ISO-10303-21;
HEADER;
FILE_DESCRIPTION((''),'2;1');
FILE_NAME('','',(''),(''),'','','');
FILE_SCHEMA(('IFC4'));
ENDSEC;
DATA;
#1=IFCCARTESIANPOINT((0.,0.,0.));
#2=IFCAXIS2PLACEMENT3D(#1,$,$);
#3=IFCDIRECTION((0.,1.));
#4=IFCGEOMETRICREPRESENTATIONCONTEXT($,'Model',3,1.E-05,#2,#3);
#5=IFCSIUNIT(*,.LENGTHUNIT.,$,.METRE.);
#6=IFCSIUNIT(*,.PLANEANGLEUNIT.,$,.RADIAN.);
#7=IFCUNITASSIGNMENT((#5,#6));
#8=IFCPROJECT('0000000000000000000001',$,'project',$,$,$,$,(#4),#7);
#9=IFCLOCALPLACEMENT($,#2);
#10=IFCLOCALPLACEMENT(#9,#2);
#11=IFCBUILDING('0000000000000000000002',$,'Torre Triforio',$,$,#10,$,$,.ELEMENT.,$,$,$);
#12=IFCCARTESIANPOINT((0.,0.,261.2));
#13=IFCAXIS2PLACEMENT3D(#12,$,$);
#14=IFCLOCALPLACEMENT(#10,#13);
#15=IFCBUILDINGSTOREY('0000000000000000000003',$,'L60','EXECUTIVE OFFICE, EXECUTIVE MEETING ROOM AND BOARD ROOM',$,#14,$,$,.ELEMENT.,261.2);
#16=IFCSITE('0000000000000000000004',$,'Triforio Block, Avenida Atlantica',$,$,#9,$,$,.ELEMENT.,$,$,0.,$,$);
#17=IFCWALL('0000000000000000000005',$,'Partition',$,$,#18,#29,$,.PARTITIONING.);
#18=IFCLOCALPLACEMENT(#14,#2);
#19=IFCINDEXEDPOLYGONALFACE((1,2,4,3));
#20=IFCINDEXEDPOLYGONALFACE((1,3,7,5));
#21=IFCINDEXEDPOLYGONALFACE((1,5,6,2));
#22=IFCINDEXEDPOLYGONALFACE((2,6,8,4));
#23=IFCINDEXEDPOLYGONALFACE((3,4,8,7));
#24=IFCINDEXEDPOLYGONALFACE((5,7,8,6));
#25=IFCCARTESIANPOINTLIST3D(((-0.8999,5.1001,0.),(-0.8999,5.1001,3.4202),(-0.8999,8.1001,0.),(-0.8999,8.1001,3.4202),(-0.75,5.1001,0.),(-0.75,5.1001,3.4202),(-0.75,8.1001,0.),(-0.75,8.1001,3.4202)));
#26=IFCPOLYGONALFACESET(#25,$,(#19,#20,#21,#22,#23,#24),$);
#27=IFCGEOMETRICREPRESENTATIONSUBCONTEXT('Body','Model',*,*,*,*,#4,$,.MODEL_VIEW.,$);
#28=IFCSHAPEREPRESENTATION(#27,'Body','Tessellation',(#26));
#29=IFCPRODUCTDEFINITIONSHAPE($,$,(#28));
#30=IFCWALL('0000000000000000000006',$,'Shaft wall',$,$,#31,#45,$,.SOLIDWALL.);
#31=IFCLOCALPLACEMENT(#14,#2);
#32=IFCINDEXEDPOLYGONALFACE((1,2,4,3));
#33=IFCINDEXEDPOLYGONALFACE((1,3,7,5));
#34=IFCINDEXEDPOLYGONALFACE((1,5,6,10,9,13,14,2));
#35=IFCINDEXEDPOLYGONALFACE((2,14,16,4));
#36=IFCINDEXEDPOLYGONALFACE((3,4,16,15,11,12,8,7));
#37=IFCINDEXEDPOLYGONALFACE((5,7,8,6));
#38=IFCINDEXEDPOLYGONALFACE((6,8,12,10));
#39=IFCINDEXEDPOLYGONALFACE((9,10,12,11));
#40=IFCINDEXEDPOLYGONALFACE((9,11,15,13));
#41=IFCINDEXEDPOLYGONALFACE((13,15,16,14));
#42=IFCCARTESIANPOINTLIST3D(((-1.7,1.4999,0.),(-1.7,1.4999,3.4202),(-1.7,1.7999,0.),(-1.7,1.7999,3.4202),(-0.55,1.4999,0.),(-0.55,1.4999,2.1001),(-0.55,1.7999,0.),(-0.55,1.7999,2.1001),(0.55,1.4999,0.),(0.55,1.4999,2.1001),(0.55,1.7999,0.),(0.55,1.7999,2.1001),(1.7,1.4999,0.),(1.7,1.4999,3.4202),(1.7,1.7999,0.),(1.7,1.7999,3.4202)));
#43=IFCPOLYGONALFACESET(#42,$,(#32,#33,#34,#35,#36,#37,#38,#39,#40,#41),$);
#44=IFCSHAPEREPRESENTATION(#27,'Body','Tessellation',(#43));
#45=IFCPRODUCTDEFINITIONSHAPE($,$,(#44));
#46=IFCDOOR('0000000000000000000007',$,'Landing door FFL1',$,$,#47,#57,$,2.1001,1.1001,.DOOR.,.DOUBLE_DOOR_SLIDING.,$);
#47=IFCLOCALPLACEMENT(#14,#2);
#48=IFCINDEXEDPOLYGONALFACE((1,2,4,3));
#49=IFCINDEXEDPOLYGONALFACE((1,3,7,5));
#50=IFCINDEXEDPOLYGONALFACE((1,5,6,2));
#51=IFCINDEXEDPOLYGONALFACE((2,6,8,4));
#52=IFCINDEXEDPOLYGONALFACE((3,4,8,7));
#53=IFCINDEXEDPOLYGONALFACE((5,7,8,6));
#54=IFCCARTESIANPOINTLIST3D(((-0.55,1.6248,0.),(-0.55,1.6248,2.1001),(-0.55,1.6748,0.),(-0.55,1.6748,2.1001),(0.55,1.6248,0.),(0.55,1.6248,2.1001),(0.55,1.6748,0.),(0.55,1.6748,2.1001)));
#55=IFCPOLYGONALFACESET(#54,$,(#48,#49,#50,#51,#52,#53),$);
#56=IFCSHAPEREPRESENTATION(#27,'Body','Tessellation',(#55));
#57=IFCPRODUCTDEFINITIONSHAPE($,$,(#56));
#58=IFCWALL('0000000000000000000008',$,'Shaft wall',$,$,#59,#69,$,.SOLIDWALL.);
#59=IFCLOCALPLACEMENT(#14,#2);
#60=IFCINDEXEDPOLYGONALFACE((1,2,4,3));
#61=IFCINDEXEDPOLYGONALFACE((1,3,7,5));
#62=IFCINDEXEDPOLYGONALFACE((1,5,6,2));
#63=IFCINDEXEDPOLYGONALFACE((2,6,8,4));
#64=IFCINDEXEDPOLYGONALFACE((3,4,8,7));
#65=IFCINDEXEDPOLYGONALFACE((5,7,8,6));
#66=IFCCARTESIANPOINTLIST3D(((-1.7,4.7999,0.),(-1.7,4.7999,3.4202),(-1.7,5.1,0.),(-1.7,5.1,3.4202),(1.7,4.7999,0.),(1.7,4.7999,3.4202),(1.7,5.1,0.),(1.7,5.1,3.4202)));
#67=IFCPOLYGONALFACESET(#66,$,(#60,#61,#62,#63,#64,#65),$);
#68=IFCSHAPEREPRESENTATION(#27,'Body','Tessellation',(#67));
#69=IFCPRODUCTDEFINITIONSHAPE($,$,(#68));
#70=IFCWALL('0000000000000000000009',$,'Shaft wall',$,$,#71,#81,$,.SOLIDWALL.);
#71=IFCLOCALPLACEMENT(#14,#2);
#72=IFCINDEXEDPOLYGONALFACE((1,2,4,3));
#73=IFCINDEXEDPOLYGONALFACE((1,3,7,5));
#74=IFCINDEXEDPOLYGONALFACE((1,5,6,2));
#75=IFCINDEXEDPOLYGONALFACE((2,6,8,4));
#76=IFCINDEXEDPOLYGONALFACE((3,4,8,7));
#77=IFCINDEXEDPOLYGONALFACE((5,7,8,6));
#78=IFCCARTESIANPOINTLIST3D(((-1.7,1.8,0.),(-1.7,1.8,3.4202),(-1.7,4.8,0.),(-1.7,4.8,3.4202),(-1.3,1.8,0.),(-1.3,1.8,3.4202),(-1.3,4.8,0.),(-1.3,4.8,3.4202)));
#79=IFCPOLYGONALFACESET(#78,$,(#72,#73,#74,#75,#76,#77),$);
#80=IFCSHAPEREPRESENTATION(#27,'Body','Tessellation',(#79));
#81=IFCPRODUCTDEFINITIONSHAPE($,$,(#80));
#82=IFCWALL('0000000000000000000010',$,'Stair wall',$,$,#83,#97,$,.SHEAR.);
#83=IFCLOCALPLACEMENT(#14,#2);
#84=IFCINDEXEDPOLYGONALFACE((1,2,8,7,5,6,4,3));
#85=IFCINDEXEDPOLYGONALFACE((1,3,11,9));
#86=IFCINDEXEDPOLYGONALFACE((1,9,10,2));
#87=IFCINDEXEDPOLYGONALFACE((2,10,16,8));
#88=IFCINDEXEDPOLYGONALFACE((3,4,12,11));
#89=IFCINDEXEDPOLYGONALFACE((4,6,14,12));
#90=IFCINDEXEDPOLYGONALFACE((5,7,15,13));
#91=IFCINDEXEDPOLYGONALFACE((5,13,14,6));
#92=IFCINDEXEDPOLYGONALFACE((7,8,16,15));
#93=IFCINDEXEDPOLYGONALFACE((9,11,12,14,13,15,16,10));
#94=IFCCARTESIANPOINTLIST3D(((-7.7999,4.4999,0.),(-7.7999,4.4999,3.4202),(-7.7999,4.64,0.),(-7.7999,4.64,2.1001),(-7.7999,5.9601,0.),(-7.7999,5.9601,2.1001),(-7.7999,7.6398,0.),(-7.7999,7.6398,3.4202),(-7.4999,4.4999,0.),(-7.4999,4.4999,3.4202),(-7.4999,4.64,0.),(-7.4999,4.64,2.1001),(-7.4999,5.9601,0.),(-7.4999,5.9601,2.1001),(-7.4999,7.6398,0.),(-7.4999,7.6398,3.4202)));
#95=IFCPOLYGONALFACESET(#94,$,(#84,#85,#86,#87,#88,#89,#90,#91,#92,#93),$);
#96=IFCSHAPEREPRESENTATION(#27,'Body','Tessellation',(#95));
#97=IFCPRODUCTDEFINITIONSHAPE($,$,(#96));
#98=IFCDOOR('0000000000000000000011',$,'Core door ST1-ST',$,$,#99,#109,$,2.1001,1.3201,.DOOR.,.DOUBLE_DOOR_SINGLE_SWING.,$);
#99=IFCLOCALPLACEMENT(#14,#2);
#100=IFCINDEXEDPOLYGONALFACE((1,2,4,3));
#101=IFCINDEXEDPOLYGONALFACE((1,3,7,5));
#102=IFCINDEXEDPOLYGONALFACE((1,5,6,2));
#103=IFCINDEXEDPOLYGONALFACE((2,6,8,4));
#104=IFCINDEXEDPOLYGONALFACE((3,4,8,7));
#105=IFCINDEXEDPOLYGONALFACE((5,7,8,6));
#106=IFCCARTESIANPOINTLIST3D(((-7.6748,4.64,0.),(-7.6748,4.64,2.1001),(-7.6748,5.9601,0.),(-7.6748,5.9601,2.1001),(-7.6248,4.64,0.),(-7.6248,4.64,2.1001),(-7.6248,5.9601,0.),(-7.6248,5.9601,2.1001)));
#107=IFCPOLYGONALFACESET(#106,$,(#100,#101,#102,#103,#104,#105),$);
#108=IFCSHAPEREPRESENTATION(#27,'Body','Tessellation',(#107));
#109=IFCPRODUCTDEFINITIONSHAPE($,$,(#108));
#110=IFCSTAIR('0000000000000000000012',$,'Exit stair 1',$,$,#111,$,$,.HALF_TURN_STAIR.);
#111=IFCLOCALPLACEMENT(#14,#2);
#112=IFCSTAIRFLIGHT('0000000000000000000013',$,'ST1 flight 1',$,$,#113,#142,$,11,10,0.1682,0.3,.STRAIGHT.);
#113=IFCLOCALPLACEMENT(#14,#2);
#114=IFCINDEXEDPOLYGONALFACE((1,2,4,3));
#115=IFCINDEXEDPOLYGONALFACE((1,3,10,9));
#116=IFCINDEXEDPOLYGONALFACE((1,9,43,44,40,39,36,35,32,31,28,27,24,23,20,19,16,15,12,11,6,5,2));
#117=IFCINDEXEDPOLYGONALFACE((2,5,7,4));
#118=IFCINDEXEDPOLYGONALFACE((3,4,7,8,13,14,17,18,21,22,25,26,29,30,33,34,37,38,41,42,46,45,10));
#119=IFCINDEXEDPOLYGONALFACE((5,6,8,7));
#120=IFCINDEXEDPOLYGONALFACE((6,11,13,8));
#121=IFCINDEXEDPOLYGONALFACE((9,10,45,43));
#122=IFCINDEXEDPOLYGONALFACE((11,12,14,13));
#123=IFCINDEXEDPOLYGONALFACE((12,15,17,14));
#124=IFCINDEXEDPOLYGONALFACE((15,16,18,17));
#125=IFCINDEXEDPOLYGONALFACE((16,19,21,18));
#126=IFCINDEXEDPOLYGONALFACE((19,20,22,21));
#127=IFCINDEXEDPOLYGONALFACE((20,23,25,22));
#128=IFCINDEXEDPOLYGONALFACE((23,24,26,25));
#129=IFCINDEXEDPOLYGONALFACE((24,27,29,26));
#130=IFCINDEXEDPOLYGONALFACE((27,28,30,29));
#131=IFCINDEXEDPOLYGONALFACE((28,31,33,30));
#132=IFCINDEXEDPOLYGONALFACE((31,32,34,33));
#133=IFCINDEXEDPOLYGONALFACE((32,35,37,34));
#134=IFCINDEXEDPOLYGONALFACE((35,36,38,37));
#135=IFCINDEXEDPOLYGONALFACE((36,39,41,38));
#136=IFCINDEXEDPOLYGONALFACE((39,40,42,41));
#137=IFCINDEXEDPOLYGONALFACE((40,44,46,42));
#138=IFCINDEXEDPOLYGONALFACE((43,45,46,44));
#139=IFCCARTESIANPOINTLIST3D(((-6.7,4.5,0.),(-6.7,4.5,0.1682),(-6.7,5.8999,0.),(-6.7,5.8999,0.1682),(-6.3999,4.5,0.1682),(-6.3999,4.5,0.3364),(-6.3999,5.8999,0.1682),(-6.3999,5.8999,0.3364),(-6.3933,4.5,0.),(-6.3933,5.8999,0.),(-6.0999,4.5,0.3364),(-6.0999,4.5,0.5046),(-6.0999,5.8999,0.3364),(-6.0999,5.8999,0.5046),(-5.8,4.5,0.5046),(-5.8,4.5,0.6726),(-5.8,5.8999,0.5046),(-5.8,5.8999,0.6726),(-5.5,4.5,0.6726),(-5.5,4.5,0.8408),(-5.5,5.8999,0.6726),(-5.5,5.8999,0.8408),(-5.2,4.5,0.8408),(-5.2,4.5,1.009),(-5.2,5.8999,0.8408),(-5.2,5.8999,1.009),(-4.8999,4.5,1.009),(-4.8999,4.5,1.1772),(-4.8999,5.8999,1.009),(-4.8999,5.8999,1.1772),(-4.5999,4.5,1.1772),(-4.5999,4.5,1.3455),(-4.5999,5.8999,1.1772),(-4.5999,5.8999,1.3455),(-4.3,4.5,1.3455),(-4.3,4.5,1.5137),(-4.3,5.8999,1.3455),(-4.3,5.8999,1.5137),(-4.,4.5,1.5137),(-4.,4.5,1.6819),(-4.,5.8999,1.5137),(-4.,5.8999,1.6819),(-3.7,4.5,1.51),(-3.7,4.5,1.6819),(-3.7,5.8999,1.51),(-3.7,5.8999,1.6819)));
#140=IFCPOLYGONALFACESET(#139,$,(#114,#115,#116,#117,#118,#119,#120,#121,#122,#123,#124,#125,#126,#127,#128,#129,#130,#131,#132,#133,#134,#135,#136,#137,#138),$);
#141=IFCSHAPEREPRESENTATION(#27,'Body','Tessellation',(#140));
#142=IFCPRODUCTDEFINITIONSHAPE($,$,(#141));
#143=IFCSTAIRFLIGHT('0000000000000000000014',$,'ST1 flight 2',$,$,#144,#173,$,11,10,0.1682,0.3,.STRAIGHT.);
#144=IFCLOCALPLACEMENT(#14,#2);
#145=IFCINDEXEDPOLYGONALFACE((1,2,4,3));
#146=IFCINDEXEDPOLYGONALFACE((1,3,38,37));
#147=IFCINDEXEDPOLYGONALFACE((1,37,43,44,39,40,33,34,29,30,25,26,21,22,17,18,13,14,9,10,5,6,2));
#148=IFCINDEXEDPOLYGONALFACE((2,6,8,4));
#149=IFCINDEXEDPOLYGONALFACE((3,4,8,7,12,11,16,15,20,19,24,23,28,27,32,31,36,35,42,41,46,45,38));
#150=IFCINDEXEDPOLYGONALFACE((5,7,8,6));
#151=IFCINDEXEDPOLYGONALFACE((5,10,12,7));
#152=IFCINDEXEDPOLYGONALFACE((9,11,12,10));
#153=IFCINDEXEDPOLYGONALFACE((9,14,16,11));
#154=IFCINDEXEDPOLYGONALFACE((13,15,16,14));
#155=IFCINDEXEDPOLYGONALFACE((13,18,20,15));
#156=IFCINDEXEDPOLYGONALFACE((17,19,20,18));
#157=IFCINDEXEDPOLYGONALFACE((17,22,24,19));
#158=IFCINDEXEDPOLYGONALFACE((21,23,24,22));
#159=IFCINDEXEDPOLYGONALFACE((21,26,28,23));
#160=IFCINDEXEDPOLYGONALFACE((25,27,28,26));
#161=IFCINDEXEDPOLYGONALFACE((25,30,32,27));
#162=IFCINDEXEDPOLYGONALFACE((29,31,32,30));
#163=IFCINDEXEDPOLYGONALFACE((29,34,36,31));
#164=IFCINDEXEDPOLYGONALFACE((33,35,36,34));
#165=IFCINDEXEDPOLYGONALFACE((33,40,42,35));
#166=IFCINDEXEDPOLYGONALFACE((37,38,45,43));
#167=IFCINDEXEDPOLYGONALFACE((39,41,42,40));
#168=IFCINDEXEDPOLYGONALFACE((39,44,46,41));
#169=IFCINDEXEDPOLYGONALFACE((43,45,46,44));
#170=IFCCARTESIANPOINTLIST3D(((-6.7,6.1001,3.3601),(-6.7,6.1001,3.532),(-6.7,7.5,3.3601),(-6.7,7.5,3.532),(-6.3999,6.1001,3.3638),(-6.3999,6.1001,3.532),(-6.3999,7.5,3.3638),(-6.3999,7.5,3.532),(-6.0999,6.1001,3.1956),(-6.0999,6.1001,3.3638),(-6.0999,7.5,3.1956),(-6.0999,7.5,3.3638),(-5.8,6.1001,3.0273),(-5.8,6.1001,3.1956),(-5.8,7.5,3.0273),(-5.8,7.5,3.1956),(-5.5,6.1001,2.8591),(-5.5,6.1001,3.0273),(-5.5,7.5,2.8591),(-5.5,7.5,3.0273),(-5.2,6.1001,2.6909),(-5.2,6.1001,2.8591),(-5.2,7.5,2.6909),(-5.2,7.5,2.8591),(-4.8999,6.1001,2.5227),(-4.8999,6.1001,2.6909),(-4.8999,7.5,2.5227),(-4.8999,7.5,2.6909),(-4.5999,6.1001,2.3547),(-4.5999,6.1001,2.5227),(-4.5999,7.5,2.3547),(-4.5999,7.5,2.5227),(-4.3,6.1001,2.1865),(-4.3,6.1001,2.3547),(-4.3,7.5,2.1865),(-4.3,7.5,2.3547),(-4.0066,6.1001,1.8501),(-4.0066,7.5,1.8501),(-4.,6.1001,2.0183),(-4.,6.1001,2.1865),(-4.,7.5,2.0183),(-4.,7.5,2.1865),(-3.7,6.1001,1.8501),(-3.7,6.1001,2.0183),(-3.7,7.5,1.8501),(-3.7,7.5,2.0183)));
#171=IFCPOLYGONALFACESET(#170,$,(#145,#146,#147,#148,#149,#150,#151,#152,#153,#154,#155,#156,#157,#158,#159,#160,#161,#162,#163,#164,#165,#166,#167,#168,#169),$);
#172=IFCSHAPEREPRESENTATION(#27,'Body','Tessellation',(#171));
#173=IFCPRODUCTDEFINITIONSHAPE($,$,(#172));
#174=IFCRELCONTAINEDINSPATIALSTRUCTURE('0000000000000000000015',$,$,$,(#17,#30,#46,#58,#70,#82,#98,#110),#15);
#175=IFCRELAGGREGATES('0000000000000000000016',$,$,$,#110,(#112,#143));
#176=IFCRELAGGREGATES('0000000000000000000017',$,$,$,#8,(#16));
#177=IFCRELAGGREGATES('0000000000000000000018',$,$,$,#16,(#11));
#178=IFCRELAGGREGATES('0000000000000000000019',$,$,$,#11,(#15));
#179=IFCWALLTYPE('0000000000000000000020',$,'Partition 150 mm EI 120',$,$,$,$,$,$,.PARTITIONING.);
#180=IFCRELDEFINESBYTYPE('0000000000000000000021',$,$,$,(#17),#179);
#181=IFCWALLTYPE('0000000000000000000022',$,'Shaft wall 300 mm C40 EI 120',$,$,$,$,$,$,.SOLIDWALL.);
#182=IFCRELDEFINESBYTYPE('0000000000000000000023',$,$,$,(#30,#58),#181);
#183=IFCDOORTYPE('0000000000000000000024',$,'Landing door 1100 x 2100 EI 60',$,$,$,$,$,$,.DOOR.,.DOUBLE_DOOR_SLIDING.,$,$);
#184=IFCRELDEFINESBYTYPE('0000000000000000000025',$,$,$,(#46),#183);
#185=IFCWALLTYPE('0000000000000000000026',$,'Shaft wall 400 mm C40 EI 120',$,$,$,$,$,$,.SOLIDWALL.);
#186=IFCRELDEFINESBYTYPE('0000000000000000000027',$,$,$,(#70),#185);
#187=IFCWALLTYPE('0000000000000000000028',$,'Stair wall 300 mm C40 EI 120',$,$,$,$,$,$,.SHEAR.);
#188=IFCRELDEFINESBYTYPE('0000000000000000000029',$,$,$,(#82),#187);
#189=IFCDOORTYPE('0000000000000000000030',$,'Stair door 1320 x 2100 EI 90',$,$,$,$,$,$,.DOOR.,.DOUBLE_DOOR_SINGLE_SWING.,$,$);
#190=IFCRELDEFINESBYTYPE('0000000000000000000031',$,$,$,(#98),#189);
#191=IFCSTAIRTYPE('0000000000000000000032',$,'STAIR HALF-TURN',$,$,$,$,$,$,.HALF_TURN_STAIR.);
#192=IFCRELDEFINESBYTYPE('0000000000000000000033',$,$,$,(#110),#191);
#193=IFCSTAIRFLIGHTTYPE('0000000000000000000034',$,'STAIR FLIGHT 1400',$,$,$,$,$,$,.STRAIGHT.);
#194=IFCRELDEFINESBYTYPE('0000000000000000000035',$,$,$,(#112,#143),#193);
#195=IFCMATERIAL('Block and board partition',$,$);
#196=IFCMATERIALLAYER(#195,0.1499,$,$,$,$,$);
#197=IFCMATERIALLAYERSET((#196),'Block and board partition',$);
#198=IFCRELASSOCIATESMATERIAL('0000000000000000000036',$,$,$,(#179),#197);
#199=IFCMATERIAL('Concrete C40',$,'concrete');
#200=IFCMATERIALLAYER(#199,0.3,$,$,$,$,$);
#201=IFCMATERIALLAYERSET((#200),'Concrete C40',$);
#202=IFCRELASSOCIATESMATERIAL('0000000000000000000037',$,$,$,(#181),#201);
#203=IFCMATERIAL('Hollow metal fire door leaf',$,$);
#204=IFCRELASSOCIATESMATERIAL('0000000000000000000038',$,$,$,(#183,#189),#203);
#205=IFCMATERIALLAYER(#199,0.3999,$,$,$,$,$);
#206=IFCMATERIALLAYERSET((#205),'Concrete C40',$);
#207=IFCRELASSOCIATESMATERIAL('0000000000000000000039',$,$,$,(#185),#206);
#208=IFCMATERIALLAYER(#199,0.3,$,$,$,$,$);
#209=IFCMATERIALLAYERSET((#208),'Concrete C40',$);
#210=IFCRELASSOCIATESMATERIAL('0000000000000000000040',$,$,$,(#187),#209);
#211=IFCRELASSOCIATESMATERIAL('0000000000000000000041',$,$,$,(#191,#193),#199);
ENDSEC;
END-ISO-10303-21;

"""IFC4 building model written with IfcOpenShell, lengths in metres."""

from ifc_helpers import new_model, si_unit, direction, frame, frame_2d, origin, place, context, subcontext, project, spatial, polyline, rectangle, outline, extrude, material, layer, layer_set, type_object, element, fill, aggregate, save


model = new_model("IFC4")

# Units and contexts
model_context = context("Model", 3, precision=1e-05, world=origin(), true_north=direction((0.0, 1.0)))
body_context = subcontext(model_context, "Body", "Model", "MODEL_VIEW")
ifc_project = project(units=[si_unit("LENGTHUNIT", "METRE"), si_unit("PLANEANGLEUNIT", "RADIAN")], contexts=[model_context])

# Site, building, storey
site_placement = place(None, origin())
site = spatial("IfcSite", under=ifc_project, at=site_placement, Name="Triforio Block, Avenida Atlantica", CompositionType="ELEMENT", RefElevation=0.0)
building_placement = place(site_placement, origin())
building = spatial("IfcBuilding", under=site, at=building_placement, Name="Torre Triforio", CompositionType="ELEMENT")
storey_placement = place(building_placement, frame((0.0, 0.0, 261.2)))
storey = spatial("IfcBuildingStorey", under=building, at=storey_placement, Name="L60", Description="EXECUTIVE OFFICE, EXECUTIVE MEETING ROOM AND BOARD ROOM", CompositionType="ELEMENT", Elevation=261.2)

# Shared definitions
ifc_material_1 = material(Name="Concrete C40", Category="concrete")

# Wall
ifc_material_2 = material(Name="Block and board partition")
ifc_layer_1 = layer(ifc_material_2, 0.1499)
ifc_layer_set_1 = layer_set([ifc_layer_1], Name="Block and board partition")
wall_type_1 = type_object("IfcWallType", Name="Partition 150 mm EI 120", PredefinedType="PARTITIONING", material=ifc_layer_set_1)
wall_1_placement = place(storey_placement, frame((-0.825, 5.1001, 0.0), z_axis=(0.0, 0.0, 1.0), x_axis=(0.0, 1.0, 0.0)))
element("IfcWall", 1, at=wall_1_placement, inside=storey, type_object=wall_type_1, Name="Partition", PredefinedType="PARTITIONING", context=body_context, shape_type="SweptSolid", body=[
    extrude(rectangle(XDim=3.0, YDim=0.1499, at=frame_2d((1.5, 0.0))), origin(), (0.0, 0.0, 1.0), 3.4202),
])

# Wall, opening, door
ifc_layer_2 = layer(ifc_material_1, 0.3)
ifc_layer_set_2 = layer_set([ifc_layer_2], Name="Concrete C40")
wall_type_2 = type_object("IfcWallType", Name="Shaft wall 300 mm C40 EI 120", PredefinedType="SOLIDWALL", material=ifc_layer_set_2)
wall_2_placement = place(storey_placement, frame((-1.7, 1.6499, 0.0), z_axis=(0.0, 0.0, 1.0), x_axis=(1.0, 0.0, 0.0)))
wall_2 = element("IfcWall", 2, at=wall_2_placement, inside=storey, type_object=wall_type_2, Name="Shaft wall", PredefinedType="SOLIDWALL", context=body_context, shape_type="SweptSolid", body=[
    extrude(rectangle(XDim=3.3999, YDim=0.3, at=frame_2d((1.7, 0.0))), origin(), (0.0, 0.0, 1.0), 3.4202),
])
opening_1_placement = place(wall_2_placement, frame((1.1499, 0.0, 0.0)))
opening_1 = element("IfcOpeningElement", 3, at=opening_1_placement, cuts=wall_2, PredefinedType="OPENING", context=body_context, shape_type="SweptSolid", body=[
    extrude(rectangle(XDim=1.1001, YDim=2.1001, at=frame_2d((0.55, 1.05))), frame((0.0, 0.1599, 0.0), z_axis=(0.0, -1.0, 0.0), x_axis=(1.0, 0.0, 0.0)), (0.0, 0.0, 1.0), 0.3201),
])
ifc_material_3 = material(Name="Hollow metal fire door leaf")
door_type_1 = type_object("IfcDoorType", Name="Landing door 1100 x 2100 EI 60", OperationType="DOUBLE_DOOR_SLIDING", PredefinedType="DOOR", material=ifc_material_3)
door_1_placement = place(opening_1_placement, origin())
door_1 = element("IfcDoor", 4, at=door_1_placement, inside=storey, type_object=door_type_1, Name="Landing door FFL1", OperationType="DOUBLE_DOOR_SLIDING", OverallHeight=2.1001, OverallWidth=1.1001, PredefinedType="DOOR", context=body_context, shape_type="SweptSolid", body=[
    extrude(rectangle(XDim=1.1001, YDim=2.1001, at=frame_2d((0.55, 1.05))), frame((0.0, 0.0249, 0.0), z_axis=(0.0, -1.0, 0.0), x_axis=(1.0, 0.0, 0.0)), (0.0, 0.0, 1.0), 0.05),
])
fill(opening_1, door_1)

# Walls
wall_3_placement = place(storey_placement, frame((-1.7, 4.95, 0.0), z_axis=(0.0, 0.0, 1.0), x_axis=(1.0, 0.0, 0.0)))
element("IfcWall", 5, at=wall_3_placement, inside=storey, type_object=wall_type_2, Name="Shaft wall", PredefinedType="SOLIDWALL", context=body_context, shape_type="SweptSolid", body=[
    extrude(rectangle(XDim=3.3999, YDim=0.3, at=frame_2d((1.7, 0.0))), origin(), (0.0, 0.0, 1.0), 3.4202),
])
ifc_layer_3 = layer(ifc_material_1, 0.3999)
ifc_layer_set_3 = layer_set([ifc_layer_3], Name="Concrete C40")
wall_type_3 = type_object("IfcWallType", Name="Shaft wall 400 mm C40 EI 120", PredefinedType="SOLIDWALL", material=ifc_layer_set_3)
wall_4_placement = place(storey_placement, frame((-1.5, 1.8, 0.0), z_axis=(0.0, 0.0, 1.0), x_axis=(0.0, 1.0, 0.0)))
element("IfcWall", 6, at=wall_4_placement, inside=storey, type_object=wall_type_3, Name="Shaft wall", PredefinedType="SOLIDWALL", context=body_context, shape_type="SweptSolid", body=[
    extrude(rectangle(XDim=3.0, YDim=0.3999, at=frame_2d((1.5, 0.0))), origin(), (0.0, 0.0, 1.0), 3.4202),
])

# Wall, opening, door
ifc_layer_4 = layer(ifc_material_1, 0.3)
ifc_layer_set_4 = layer_set([ifc_layer_4], Name="Concrete C40")
wall_type_4 = type_object("IfcWallType", Name="Stair wall 300 mm C40 EI 120", PredefinedType="SHEAR", material=ifc_layer_set_4)
wall_5_placement = place(storey_placement, frame((-7.6499, 4.5, 0.0), z_axis=(0.0, 0.0, 1.0), x_axis=(0.0, 1.0, 0.0)))
wall_5 = element("IfcWall", 7, at=wall_5_placement, inside=storey, type_object=wall_type_4, Name="Stair wall", PredefinedType="SHEAR", context=body_context, shape_type="SweptSolid", body=[
    extrude(rectangle(XDim=3.1399, YDim=0.3, at=frame_2d((1.5698, 0.0))), origin(), (0.0, 0.0, 1.0), 3.4202),
])
opening_2_placement = place(wall_5_placement, frame((0.1399, 0.0, 0.0)))
opening_2 = element("IfcOpeningElement", 8, at=opening_2_placement, cuts=wall_5, PredefinedType="OPENING", context=body_context, shape_type="SweptSolid", body=[
    extrude(rectangle(XDim=1.3201, YDim=2.1001, at=frame_2d((0.6602, 1.05))), frame((0.0, 0.1599, 0.0), z_axis=(0.0, -1.0, 0.0), x_axis=(1.0, 0.0, 0.0)), (0.0, 0.0, 1.0), 0.3201),
])
door_type_2 = type_object("IfcDoorType", Name="Stair door 1320 x 2100 EI 90", OperationType="DOUBLE_DOOR_SINGLE_SWING", PredefinedType="DOOR", material=ifc_material_3)
door_2_placement = place(opening_2_placement, origin())
door_2 = element("IfcDoor", 9, at=door_2_placement, inside=storey, type_object=door_type_2, Name="Core door ST1-ST", OperationType="DOUBLE_DOOR_SINGLE_SWING", OverallHeight=2.1001, OverallWidth=1.3201, PredefinedType="DOOR", context=body_context, shape_type="SweptSolid", body=[
    extrude(rectangle(XDim=1.3201, YDim=2.1001, at=frame_2d((0.6602, 1.05))), frame((0.0, 0.0249, 0.0), z_axis=(0.0, -1.0, 0.0), x_axis=(1.0, 0.0, 0.0)), (0.0, 0.0, 1.0), 0.05),
])
fill(opening_2, door_2)

# Stair, stair flights
stair_type = type_object("IfcStairType", Name="STAIR HALF-TURN", PredefinedType="HALF_TURN_STAIR", material=ifc_material_1)
stair_placement = place(storey_placement, origin())
stair = element("IfcStair", 10, at=stair_placement, inside=storey, type_object=stair_type, Name="Exit stair 1", PredefinedType="HALF_TURN_STAIR")
stair_flight_type = type_object("IfcStairFlightType", Name="STAIR FLIGHT 1400", PredefinedType="STRAIGHT", material=ifc_material_1)
stair_flight_1_placement = place(storey_placement, frame((-6.7, 5.2, 0.0), z_axis=(0.0, 0.0, 1.0), x_axis=(1.0, 0.0, 0.0)))
stair_flight_1 = element("IfcStairFlight", 11, at=stair_flight_1_placement, type_object=stair_flight_type, Name="ST1 flight 1", NumberOfRisers=11, NumberOfTreads=10, PredefinedType="STRAIGHT", RiserHeight=0.1682, TreadLength=0.3, context=body_context, shape_type="SweptSolid", body=[
    extrude(outline(polyline([(0.0, 0.0), (0.0, 0.1682), (0.3, 0.1682), (0.3, 0.3364), (0.6001, 0.3364), (0.6001, 0.5046), (0.8999, 0.5046), (0.8999, 0.6726), (1.2, 0.6726), (1.2, 0.8408), (1.5, 0.8408), (1.5, 1.009), (1.8, 1.009), (1.8, 1.1772), (2.1001, 1.1772), (2.1001, 1.3455), (2.3999, 1.3455), (2.3999, 1.5137), (2.7, 1.5137), (2.7, 1.6819), (3.0, 1.6819), (3.0, 1.8501), (3.0, 1.51), (0.3066, 0.0), (0.0, 0.0)])), frame((0.0, 0.7, 0.0), z_axis=(0.0, -1.0, 0.0), x_axis=(1.0, 0.0, 0.0)), (0.0, 0.0, 1.0), 1.3999),
])
stair_flight_2_placement = place(storey_placement, frame((-3.7, 6.8, 1.8501), z_axis=(0.0, 0.0, 1.0), x_axis=(-1.0, 0.0, 0.0)))
stair_flight_2 = element("IfcStairFlight", 12, at=stair_flight_2_placement, type_object=stair_flight_type, Name="ST1 flight 2", NumberOfRisers=11, NumberOfTreads=10, PredefinedType="STRAIGHT", RiserHeight=0.1682, TreadLength=0.3, context=body_context, shape_type="SweptSolid", body=[
    extrude(outline(polyline([(0.0, 0.0), (0.0, 0.1682), (0.3, 0.1682), (0.3, 0.3364), (0.6001, 0.3364), (0.6001, 0.5046), (0.8999, 0.5046), (0.8999, 0.6726), (1.2, 0.6726), (1.2, 0.8408), (1.5, 0.8408), (1.5, 1.009), (1.8, 1.009), (1.8, 1.1772), (2.1001, 1.1772), (2.1001, 1.3455), (2.3999, 1.3455), (2.3999, 1.5137), (2.7, 1.5137), (2.7, 1.6819), (3.0, 1.6819), (3.0, 1.8501), (3.0, 1.51), (0.3066, 0.0), (0.0, 0.0)])), frame((0.0, 0.7, 0.0), z_axis=(0.0, -1.0, 0.0), x_axis=(1.0, 0.0, 0.0)), (0.0, 0.0, 1.0), 1.3999),
])
aggregate(stair, [stair_flight_1, stair_flight_2])

save(model, "model.ifc")
